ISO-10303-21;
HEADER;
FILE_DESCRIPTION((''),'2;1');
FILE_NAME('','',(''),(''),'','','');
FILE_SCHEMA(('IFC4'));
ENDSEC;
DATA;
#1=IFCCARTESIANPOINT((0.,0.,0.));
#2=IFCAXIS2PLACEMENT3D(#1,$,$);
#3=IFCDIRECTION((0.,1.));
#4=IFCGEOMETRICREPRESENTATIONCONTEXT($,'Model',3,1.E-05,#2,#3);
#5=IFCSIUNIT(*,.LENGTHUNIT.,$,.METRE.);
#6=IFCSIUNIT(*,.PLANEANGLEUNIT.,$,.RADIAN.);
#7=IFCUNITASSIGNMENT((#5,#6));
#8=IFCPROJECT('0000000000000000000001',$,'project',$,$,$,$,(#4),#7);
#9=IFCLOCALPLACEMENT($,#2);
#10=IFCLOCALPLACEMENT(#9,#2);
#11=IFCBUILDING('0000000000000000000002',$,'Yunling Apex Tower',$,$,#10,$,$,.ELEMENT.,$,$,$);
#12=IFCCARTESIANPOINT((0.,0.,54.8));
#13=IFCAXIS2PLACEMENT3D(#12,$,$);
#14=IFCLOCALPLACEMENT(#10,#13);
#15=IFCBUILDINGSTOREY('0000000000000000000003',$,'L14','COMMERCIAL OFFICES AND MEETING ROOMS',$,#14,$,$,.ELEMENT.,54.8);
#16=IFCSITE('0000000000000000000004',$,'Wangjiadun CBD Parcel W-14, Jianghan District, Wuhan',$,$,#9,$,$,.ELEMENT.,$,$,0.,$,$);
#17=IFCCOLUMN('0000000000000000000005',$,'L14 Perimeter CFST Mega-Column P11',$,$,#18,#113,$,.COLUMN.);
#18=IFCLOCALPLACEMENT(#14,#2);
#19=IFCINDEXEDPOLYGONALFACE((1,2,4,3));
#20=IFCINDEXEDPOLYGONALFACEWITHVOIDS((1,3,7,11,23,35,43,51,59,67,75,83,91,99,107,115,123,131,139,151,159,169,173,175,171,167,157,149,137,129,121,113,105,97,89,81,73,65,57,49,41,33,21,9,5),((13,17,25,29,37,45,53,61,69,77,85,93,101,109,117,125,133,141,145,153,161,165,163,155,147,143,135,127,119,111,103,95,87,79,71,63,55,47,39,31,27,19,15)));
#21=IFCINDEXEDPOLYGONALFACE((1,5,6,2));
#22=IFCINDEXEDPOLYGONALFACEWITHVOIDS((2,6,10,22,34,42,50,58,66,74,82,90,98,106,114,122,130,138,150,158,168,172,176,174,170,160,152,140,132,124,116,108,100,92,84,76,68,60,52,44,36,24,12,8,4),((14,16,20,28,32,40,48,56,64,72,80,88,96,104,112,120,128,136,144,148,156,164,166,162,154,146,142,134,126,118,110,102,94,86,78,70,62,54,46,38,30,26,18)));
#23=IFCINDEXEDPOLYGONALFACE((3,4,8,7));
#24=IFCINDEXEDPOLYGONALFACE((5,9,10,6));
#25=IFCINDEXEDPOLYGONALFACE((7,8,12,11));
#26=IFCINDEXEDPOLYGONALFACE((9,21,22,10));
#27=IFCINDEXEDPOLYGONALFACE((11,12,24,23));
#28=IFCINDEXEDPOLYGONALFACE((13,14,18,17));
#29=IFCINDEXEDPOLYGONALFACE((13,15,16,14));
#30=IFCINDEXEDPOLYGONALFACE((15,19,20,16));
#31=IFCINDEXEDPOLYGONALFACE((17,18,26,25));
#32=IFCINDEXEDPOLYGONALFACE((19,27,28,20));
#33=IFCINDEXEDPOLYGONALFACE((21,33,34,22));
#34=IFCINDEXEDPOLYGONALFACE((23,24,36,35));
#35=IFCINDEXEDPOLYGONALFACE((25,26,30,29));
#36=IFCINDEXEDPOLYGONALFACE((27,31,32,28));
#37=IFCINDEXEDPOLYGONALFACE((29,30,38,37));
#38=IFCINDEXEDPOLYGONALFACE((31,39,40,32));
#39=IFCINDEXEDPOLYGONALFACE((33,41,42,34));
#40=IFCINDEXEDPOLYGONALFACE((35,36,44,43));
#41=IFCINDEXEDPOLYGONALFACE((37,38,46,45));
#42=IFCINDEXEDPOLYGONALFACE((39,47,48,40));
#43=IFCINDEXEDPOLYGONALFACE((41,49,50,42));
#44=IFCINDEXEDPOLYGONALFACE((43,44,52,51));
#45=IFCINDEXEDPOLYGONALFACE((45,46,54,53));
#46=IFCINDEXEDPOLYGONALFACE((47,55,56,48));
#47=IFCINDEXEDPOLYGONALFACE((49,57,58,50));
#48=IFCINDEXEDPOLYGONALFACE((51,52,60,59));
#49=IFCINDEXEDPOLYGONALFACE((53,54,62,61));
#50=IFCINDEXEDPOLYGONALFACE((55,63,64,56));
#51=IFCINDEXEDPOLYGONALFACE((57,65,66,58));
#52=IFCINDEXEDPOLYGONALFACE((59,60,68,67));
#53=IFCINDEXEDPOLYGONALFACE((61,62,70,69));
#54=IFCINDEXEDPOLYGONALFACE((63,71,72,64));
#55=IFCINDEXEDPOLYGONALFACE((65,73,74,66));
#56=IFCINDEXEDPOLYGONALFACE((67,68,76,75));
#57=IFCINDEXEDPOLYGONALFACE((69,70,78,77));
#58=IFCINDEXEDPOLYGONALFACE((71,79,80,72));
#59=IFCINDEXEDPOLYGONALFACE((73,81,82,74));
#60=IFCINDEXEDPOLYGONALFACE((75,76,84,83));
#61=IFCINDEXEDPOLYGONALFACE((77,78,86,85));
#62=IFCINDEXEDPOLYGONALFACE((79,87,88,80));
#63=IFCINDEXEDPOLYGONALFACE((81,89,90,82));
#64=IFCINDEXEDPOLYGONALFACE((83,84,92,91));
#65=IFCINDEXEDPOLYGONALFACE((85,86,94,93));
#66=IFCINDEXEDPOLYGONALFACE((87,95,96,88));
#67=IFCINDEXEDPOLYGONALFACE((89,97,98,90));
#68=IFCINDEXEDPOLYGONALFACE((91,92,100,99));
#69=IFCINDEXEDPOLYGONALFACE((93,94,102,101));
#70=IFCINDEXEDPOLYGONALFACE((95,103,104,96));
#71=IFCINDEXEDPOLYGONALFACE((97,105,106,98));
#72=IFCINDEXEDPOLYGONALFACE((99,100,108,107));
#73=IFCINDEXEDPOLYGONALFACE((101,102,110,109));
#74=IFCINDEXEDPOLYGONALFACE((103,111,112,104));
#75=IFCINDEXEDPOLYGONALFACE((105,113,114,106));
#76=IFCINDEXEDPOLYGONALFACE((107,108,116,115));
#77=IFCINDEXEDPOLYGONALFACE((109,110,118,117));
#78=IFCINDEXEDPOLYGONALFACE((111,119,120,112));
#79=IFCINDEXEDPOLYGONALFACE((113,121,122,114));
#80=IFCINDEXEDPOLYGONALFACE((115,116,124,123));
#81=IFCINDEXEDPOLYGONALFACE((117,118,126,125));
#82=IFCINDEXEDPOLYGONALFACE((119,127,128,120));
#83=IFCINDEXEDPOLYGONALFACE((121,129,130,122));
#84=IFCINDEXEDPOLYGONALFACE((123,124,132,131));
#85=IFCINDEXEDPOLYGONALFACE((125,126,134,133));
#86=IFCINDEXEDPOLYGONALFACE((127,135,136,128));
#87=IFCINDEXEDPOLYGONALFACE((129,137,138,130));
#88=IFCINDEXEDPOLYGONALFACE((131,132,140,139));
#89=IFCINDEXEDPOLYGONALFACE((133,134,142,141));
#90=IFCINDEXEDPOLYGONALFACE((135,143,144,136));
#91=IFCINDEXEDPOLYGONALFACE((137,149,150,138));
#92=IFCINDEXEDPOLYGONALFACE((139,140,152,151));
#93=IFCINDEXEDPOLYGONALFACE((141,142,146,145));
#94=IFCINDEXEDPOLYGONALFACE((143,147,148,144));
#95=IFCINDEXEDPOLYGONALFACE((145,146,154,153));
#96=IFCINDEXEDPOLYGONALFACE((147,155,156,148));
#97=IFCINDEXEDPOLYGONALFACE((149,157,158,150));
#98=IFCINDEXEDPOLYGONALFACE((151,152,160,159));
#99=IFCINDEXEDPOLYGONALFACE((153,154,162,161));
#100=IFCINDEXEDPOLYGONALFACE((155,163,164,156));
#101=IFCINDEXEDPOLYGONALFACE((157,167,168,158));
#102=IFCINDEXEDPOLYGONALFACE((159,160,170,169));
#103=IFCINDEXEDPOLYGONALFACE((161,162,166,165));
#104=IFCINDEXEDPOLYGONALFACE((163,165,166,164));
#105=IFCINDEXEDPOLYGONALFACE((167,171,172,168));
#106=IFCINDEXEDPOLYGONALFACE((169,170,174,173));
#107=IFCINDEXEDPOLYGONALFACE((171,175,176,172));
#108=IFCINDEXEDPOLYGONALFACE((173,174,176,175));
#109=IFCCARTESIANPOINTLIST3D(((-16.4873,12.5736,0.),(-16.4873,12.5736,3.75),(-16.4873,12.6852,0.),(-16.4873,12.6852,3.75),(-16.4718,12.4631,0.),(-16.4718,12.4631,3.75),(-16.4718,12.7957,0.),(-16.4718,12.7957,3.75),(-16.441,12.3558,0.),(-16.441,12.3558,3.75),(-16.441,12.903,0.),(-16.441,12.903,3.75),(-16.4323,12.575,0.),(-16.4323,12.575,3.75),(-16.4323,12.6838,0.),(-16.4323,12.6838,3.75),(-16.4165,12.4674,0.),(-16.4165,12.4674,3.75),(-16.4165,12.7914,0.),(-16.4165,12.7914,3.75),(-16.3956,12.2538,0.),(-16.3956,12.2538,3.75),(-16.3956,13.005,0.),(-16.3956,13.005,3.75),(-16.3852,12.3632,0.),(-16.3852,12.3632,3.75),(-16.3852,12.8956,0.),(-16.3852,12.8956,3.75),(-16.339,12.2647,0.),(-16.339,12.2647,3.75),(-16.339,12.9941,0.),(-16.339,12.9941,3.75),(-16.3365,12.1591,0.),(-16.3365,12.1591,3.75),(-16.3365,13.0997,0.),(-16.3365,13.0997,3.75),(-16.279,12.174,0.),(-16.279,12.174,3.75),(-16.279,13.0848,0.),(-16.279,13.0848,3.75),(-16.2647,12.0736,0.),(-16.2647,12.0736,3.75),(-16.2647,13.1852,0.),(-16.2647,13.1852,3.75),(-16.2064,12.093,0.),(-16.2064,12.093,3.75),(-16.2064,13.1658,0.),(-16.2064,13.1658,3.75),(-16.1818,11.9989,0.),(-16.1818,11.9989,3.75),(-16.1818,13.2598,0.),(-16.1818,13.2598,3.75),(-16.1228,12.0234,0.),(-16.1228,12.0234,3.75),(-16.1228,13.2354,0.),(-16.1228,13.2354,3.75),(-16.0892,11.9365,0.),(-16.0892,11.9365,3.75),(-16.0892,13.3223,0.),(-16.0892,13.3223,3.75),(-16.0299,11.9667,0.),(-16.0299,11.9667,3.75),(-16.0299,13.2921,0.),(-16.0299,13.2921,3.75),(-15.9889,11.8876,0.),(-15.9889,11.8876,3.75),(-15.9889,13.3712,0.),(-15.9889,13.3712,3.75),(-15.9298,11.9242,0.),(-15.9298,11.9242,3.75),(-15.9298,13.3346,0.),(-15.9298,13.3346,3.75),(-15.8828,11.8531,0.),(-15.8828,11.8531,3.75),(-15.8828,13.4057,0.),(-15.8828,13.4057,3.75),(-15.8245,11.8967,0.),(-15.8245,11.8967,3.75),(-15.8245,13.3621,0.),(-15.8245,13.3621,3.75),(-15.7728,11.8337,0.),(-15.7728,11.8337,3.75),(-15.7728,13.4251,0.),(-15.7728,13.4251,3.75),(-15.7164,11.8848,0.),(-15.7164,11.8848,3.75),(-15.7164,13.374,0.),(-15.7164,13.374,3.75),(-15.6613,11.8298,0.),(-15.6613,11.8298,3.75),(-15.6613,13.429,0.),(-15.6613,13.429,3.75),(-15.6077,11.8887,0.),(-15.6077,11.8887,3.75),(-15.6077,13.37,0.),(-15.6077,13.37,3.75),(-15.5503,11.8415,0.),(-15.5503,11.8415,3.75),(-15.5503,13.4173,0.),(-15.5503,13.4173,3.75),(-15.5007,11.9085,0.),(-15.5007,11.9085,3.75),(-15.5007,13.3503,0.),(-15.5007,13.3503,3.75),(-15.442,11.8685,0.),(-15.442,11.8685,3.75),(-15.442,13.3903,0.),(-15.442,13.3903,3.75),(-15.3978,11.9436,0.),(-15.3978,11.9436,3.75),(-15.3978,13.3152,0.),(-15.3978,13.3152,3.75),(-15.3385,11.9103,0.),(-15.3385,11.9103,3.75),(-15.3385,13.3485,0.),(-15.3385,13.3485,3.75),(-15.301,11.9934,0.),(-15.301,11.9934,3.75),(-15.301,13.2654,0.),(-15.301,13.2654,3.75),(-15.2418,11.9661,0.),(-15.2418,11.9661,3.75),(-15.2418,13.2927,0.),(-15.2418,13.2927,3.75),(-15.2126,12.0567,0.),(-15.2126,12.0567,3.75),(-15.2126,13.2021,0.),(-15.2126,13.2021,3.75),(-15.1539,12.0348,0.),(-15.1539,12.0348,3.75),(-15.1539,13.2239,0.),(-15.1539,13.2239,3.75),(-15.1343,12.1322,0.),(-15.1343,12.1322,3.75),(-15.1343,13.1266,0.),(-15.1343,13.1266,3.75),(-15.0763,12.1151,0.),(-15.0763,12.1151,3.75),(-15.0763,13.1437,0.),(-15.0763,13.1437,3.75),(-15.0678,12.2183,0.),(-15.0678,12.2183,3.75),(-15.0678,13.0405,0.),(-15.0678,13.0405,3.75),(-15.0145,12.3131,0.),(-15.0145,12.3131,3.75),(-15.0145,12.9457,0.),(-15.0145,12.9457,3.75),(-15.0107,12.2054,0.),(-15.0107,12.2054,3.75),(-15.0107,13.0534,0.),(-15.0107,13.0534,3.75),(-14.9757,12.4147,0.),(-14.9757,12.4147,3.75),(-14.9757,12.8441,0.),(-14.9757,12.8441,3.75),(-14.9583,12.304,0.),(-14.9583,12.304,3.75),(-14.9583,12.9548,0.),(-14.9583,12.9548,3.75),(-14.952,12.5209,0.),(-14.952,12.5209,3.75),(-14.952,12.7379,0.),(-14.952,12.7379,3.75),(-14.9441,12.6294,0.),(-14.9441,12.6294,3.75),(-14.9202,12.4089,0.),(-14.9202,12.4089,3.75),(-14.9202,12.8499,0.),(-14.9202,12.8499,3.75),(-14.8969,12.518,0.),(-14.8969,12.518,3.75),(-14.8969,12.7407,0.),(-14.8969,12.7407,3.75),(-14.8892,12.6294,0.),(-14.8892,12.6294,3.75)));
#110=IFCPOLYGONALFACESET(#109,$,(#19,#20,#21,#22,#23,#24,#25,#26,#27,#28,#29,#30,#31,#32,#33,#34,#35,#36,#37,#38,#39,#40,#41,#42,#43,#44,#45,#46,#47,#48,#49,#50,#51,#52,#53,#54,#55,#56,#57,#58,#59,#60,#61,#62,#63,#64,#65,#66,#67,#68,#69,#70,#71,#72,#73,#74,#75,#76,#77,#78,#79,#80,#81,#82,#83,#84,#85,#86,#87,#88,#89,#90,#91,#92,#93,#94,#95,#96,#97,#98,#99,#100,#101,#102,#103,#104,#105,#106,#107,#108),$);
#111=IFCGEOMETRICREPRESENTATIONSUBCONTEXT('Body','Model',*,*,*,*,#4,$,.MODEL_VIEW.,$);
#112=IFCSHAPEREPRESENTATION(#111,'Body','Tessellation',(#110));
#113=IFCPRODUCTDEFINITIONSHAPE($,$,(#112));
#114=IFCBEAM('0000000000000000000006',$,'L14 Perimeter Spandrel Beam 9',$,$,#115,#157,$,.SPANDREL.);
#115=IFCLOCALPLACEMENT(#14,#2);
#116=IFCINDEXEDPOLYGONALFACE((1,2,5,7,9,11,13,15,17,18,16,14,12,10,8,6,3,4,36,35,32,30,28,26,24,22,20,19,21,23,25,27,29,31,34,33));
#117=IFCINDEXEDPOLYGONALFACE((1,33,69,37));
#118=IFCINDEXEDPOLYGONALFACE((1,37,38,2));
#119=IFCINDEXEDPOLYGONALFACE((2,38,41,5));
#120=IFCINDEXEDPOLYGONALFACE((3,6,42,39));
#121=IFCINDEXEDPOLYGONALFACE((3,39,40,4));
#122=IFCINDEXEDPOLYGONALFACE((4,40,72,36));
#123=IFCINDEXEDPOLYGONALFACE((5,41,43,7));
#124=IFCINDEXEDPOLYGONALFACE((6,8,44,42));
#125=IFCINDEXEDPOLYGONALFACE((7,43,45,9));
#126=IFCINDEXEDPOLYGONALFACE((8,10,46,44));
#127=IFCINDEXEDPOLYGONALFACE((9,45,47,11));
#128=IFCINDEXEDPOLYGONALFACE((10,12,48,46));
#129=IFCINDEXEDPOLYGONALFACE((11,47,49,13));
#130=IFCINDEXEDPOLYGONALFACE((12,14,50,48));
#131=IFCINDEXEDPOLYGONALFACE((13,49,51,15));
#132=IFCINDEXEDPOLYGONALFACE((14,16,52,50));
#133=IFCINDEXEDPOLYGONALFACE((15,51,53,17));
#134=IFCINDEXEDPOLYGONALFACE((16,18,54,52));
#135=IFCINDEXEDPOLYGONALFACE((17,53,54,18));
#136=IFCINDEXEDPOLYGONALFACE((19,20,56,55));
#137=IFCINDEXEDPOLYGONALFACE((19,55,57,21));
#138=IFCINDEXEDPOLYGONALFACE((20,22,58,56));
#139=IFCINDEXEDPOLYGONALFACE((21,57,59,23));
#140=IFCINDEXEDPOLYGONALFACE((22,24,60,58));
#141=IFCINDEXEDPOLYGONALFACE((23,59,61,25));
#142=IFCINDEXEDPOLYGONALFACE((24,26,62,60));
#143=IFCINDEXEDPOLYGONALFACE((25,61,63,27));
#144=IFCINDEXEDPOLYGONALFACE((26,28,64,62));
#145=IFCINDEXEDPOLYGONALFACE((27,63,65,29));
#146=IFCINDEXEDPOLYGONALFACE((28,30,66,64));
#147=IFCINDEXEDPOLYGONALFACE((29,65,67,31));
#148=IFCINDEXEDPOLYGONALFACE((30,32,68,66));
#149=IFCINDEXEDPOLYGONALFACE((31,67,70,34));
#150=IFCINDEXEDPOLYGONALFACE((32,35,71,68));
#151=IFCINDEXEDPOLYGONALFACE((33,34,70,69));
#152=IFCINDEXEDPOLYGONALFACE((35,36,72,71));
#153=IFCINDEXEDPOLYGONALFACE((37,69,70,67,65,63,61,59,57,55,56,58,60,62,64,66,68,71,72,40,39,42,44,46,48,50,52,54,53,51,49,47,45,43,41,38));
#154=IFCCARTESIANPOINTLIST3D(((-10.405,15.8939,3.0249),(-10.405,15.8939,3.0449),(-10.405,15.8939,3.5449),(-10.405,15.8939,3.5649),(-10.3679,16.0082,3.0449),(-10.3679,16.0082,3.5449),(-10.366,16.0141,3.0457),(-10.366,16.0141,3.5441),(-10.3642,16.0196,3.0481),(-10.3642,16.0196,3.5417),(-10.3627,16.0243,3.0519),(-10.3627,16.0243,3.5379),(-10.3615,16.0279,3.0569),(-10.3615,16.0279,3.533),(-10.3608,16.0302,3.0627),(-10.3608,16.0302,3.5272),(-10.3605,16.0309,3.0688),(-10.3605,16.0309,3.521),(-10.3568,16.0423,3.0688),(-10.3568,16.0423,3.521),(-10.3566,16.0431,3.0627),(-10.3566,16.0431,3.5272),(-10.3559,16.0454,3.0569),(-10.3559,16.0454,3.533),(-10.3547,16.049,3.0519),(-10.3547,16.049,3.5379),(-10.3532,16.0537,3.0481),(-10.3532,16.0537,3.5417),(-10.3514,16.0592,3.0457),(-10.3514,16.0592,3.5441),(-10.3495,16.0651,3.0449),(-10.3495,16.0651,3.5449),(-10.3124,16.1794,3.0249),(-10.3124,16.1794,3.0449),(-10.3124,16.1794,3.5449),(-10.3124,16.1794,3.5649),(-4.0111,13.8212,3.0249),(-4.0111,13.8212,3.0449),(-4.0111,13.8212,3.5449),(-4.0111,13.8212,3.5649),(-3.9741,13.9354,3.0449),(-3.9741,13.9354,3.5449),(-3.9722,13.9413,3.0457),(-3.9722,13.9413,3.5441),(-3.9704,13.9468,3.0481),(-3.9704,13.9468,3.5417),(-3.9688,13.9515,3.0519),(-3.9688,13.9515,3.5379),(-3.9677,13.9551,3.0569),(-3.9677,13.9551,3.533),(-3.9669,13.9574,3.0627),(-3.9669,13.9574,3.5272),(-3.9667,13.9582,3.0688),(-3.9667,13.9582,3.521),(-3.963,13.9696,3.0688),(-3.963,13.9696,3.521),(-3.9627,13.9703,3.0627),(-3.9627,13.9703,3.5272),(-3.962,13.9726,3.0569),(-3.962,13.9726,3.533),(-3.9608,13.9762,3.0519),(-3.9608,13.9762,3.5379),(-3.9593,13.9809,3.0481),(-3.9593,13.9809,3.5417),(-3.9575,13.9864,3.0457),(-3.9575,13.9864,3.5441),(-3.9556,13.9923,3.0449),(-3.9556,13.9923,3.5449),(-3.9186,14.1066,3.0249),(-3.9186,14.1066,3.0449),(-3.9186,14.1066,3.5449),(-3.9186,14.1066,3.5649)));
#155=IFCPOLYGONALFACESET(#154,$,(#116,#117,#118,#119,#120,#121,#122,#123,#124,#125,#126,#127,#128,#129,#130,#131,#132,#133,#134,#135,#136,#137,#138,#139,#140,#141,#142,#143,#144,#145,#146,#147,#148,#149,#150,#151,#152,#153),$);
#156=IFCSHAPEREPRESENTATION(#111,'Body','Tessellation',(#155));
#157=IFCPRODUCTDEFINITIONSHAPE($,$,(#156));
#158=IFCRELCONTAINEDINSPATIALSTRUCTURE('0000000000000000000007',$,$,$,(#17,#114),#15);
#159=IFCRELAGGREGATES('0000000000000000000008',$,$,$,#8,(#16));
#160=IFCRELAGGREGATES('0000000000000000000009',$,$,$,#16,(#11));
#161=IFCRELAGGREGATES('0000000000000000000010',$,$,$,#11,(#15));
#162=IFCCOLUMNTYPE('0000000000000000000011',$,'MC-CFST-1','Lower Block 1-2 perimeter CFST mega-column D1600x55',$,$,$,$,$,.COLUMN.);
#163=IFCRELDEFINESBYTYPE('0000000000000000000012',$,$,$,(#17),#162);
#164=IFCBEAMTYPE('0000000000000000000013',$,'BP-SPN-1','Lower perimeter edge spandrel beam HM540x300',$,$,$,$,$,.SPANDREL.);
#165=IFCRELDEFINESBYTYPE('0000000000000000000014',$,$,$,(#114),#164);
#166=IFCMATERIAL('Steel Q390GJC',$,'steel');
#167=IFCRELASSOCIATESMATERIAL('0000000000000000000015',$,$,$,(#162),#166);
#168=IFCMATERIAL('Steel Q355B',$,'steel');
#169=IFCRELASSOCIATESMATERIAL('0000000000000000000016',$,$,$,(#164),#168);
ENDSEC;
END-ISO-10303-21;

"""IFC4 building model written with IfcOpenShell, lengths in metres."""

from ifc_helpers import new_model, si_unit, direction, frame, origin, origin_2d, place, context, subcontext, project, spatial, hollow_circle, i_section, extrude, source, transform, mapped, material, material_profile, profile_set, type_object, element, save


model = new_model("IFC4")

# Units and contexts
model_context = context("Model", 3, precision=1e-05, world=origin(), true_north=direction((0.0, 1.0)))
body_context = subcontext(model_context, "Body", "Model", "MODEL_VIEW")
ifc_project = project(units=[si_unit("LENGTHUNIT", "METRE"), si_unit("PLANEANGLEUNIT", "RADIAN")], contexts=[model_context])

# Site, building, storey
site_placement = place(None, origin())
site = spatial("IfcSite", under=ifc_project, at=site_placement, Name="Wangjiadun CBD Parcel W-14, Jianghan District, Wuhan", CompositionType="ELEMENT", RefElevation=0.0)
building_placement = place(site_placement, origin())
building = spatial("IfcBuilding", under=site, at=building_placement, Name="Yunling Apex Tower", CompositionType="ELEMENT")
storey_placement = place(building_placement, frame((0.0, 0.0, 54.8)))
storey = spatial("IfcBuildingStorey", under=building, at=storey_placement, Name="L14", Description="COMMERCIAL OFFICES AND MEETING ROOMS", CompositionType="ELEMENT", Elevation=54.8)

# Column
ifc_material_1 = material(Name="Steel Q390GJC", Category="steel")
ifc_material_profile_1 = material_profile(ifc_material_1, hollow_circle(Radius=0.8, WallThickness=0.0549, at=origin_2d()))
ifc_profile_set_1 = profile_set([ifc_material_profile_1], Name="Steel Q390GJC")
column_type = type_object("IfcColumnType", Name="MC-CFST-1", Description="Lower Block 1-2 perimeter CFST mega-column D1600x55", PredefinedType="COLUMN", material=ifc_profile_set_1)
shared_shape_1 = source(origin(), body_context, "Body", "SweptSolid", [
    extrude(hollow_circle(Radius=0.8, WallThickness=0.0549, at=origin_2d()), origin(), (0.0, 0.0, 1.0), 3.75),
])
for number, where, z_axis, x_axis, name in (
    (1, (-15.6892, 12.6294, 0.0), (0.0, 0.0, 1.0), (1.0, 0.0, 0.0), "L14 Perimeter CFST Mega-Column P11"),
):
    element("IfcColumn", number, at=place(storey_placement, frame(where, z_axis=z_axis, x_axis=x_axis)), inside=storey, type_object=column_type, Name=name, PredefinedType="COLUMN", context=body_context, shape_type="MappedRepresentation", body=[
        mapped(shared_shape_1, transform((0.0, 0.0, 0.0), scale=1.0)),
    ])

# Beam
ifc_material_2 = material(Name="Steel Q355B", Category="steel")
ifc_material_profile_2 = material_profile(ifc_material_2, i_section(OverallWidth=0.3, OverallDepth=0.54, WebThickness=0.012, FlangeThickness=0.02, FilletRadius=0.0239, at=origin_2d()))
ifc_profile_set_2 = profile_set([ifc_material_profile_2], Name="Steel Q355B")
beam_type_1 = type_object("IfcBeamType", Name="BP-SPN-1", Description="Lower perimeter edge spandrel beam HM540x300", PredefinedType="SPANDREL", material=ifc_profile_set_2)
shared_shape_2 = source(origin(), body_context, "Body", "SweptSolid", [
    extrude(i_section(OverallWidth=0.3, OverallDepth=0.54, WebThickness=0.012, FlangeThickness=0.02, FilletRadius=0.0239, at=origin_2d()), origin(), (0.0, 0.0, 1.0), 6.7214),
])
beam_1_placement = place(storey_placement, frame((-3.9648, 13.9639, 3.2949), z_axis=(-0.951263, 0.308382, 0.0), x_axis=(-0.308382, -0.951263, 0.0)))
element("IfcBeam", 2, at=beam_1_placement, inside=storey, type_object=beam_type_1, Name="L14 Perimeter Spandrel Beam 9", PredefinedType="SPANDREL", context=body_context, shape_type="MappedRepresentation", body=[
    mapped(shared_shape_2, transform((0.0, 0.0, 0.0), scale=1.0)),
])

save(model, "model.ifc")
